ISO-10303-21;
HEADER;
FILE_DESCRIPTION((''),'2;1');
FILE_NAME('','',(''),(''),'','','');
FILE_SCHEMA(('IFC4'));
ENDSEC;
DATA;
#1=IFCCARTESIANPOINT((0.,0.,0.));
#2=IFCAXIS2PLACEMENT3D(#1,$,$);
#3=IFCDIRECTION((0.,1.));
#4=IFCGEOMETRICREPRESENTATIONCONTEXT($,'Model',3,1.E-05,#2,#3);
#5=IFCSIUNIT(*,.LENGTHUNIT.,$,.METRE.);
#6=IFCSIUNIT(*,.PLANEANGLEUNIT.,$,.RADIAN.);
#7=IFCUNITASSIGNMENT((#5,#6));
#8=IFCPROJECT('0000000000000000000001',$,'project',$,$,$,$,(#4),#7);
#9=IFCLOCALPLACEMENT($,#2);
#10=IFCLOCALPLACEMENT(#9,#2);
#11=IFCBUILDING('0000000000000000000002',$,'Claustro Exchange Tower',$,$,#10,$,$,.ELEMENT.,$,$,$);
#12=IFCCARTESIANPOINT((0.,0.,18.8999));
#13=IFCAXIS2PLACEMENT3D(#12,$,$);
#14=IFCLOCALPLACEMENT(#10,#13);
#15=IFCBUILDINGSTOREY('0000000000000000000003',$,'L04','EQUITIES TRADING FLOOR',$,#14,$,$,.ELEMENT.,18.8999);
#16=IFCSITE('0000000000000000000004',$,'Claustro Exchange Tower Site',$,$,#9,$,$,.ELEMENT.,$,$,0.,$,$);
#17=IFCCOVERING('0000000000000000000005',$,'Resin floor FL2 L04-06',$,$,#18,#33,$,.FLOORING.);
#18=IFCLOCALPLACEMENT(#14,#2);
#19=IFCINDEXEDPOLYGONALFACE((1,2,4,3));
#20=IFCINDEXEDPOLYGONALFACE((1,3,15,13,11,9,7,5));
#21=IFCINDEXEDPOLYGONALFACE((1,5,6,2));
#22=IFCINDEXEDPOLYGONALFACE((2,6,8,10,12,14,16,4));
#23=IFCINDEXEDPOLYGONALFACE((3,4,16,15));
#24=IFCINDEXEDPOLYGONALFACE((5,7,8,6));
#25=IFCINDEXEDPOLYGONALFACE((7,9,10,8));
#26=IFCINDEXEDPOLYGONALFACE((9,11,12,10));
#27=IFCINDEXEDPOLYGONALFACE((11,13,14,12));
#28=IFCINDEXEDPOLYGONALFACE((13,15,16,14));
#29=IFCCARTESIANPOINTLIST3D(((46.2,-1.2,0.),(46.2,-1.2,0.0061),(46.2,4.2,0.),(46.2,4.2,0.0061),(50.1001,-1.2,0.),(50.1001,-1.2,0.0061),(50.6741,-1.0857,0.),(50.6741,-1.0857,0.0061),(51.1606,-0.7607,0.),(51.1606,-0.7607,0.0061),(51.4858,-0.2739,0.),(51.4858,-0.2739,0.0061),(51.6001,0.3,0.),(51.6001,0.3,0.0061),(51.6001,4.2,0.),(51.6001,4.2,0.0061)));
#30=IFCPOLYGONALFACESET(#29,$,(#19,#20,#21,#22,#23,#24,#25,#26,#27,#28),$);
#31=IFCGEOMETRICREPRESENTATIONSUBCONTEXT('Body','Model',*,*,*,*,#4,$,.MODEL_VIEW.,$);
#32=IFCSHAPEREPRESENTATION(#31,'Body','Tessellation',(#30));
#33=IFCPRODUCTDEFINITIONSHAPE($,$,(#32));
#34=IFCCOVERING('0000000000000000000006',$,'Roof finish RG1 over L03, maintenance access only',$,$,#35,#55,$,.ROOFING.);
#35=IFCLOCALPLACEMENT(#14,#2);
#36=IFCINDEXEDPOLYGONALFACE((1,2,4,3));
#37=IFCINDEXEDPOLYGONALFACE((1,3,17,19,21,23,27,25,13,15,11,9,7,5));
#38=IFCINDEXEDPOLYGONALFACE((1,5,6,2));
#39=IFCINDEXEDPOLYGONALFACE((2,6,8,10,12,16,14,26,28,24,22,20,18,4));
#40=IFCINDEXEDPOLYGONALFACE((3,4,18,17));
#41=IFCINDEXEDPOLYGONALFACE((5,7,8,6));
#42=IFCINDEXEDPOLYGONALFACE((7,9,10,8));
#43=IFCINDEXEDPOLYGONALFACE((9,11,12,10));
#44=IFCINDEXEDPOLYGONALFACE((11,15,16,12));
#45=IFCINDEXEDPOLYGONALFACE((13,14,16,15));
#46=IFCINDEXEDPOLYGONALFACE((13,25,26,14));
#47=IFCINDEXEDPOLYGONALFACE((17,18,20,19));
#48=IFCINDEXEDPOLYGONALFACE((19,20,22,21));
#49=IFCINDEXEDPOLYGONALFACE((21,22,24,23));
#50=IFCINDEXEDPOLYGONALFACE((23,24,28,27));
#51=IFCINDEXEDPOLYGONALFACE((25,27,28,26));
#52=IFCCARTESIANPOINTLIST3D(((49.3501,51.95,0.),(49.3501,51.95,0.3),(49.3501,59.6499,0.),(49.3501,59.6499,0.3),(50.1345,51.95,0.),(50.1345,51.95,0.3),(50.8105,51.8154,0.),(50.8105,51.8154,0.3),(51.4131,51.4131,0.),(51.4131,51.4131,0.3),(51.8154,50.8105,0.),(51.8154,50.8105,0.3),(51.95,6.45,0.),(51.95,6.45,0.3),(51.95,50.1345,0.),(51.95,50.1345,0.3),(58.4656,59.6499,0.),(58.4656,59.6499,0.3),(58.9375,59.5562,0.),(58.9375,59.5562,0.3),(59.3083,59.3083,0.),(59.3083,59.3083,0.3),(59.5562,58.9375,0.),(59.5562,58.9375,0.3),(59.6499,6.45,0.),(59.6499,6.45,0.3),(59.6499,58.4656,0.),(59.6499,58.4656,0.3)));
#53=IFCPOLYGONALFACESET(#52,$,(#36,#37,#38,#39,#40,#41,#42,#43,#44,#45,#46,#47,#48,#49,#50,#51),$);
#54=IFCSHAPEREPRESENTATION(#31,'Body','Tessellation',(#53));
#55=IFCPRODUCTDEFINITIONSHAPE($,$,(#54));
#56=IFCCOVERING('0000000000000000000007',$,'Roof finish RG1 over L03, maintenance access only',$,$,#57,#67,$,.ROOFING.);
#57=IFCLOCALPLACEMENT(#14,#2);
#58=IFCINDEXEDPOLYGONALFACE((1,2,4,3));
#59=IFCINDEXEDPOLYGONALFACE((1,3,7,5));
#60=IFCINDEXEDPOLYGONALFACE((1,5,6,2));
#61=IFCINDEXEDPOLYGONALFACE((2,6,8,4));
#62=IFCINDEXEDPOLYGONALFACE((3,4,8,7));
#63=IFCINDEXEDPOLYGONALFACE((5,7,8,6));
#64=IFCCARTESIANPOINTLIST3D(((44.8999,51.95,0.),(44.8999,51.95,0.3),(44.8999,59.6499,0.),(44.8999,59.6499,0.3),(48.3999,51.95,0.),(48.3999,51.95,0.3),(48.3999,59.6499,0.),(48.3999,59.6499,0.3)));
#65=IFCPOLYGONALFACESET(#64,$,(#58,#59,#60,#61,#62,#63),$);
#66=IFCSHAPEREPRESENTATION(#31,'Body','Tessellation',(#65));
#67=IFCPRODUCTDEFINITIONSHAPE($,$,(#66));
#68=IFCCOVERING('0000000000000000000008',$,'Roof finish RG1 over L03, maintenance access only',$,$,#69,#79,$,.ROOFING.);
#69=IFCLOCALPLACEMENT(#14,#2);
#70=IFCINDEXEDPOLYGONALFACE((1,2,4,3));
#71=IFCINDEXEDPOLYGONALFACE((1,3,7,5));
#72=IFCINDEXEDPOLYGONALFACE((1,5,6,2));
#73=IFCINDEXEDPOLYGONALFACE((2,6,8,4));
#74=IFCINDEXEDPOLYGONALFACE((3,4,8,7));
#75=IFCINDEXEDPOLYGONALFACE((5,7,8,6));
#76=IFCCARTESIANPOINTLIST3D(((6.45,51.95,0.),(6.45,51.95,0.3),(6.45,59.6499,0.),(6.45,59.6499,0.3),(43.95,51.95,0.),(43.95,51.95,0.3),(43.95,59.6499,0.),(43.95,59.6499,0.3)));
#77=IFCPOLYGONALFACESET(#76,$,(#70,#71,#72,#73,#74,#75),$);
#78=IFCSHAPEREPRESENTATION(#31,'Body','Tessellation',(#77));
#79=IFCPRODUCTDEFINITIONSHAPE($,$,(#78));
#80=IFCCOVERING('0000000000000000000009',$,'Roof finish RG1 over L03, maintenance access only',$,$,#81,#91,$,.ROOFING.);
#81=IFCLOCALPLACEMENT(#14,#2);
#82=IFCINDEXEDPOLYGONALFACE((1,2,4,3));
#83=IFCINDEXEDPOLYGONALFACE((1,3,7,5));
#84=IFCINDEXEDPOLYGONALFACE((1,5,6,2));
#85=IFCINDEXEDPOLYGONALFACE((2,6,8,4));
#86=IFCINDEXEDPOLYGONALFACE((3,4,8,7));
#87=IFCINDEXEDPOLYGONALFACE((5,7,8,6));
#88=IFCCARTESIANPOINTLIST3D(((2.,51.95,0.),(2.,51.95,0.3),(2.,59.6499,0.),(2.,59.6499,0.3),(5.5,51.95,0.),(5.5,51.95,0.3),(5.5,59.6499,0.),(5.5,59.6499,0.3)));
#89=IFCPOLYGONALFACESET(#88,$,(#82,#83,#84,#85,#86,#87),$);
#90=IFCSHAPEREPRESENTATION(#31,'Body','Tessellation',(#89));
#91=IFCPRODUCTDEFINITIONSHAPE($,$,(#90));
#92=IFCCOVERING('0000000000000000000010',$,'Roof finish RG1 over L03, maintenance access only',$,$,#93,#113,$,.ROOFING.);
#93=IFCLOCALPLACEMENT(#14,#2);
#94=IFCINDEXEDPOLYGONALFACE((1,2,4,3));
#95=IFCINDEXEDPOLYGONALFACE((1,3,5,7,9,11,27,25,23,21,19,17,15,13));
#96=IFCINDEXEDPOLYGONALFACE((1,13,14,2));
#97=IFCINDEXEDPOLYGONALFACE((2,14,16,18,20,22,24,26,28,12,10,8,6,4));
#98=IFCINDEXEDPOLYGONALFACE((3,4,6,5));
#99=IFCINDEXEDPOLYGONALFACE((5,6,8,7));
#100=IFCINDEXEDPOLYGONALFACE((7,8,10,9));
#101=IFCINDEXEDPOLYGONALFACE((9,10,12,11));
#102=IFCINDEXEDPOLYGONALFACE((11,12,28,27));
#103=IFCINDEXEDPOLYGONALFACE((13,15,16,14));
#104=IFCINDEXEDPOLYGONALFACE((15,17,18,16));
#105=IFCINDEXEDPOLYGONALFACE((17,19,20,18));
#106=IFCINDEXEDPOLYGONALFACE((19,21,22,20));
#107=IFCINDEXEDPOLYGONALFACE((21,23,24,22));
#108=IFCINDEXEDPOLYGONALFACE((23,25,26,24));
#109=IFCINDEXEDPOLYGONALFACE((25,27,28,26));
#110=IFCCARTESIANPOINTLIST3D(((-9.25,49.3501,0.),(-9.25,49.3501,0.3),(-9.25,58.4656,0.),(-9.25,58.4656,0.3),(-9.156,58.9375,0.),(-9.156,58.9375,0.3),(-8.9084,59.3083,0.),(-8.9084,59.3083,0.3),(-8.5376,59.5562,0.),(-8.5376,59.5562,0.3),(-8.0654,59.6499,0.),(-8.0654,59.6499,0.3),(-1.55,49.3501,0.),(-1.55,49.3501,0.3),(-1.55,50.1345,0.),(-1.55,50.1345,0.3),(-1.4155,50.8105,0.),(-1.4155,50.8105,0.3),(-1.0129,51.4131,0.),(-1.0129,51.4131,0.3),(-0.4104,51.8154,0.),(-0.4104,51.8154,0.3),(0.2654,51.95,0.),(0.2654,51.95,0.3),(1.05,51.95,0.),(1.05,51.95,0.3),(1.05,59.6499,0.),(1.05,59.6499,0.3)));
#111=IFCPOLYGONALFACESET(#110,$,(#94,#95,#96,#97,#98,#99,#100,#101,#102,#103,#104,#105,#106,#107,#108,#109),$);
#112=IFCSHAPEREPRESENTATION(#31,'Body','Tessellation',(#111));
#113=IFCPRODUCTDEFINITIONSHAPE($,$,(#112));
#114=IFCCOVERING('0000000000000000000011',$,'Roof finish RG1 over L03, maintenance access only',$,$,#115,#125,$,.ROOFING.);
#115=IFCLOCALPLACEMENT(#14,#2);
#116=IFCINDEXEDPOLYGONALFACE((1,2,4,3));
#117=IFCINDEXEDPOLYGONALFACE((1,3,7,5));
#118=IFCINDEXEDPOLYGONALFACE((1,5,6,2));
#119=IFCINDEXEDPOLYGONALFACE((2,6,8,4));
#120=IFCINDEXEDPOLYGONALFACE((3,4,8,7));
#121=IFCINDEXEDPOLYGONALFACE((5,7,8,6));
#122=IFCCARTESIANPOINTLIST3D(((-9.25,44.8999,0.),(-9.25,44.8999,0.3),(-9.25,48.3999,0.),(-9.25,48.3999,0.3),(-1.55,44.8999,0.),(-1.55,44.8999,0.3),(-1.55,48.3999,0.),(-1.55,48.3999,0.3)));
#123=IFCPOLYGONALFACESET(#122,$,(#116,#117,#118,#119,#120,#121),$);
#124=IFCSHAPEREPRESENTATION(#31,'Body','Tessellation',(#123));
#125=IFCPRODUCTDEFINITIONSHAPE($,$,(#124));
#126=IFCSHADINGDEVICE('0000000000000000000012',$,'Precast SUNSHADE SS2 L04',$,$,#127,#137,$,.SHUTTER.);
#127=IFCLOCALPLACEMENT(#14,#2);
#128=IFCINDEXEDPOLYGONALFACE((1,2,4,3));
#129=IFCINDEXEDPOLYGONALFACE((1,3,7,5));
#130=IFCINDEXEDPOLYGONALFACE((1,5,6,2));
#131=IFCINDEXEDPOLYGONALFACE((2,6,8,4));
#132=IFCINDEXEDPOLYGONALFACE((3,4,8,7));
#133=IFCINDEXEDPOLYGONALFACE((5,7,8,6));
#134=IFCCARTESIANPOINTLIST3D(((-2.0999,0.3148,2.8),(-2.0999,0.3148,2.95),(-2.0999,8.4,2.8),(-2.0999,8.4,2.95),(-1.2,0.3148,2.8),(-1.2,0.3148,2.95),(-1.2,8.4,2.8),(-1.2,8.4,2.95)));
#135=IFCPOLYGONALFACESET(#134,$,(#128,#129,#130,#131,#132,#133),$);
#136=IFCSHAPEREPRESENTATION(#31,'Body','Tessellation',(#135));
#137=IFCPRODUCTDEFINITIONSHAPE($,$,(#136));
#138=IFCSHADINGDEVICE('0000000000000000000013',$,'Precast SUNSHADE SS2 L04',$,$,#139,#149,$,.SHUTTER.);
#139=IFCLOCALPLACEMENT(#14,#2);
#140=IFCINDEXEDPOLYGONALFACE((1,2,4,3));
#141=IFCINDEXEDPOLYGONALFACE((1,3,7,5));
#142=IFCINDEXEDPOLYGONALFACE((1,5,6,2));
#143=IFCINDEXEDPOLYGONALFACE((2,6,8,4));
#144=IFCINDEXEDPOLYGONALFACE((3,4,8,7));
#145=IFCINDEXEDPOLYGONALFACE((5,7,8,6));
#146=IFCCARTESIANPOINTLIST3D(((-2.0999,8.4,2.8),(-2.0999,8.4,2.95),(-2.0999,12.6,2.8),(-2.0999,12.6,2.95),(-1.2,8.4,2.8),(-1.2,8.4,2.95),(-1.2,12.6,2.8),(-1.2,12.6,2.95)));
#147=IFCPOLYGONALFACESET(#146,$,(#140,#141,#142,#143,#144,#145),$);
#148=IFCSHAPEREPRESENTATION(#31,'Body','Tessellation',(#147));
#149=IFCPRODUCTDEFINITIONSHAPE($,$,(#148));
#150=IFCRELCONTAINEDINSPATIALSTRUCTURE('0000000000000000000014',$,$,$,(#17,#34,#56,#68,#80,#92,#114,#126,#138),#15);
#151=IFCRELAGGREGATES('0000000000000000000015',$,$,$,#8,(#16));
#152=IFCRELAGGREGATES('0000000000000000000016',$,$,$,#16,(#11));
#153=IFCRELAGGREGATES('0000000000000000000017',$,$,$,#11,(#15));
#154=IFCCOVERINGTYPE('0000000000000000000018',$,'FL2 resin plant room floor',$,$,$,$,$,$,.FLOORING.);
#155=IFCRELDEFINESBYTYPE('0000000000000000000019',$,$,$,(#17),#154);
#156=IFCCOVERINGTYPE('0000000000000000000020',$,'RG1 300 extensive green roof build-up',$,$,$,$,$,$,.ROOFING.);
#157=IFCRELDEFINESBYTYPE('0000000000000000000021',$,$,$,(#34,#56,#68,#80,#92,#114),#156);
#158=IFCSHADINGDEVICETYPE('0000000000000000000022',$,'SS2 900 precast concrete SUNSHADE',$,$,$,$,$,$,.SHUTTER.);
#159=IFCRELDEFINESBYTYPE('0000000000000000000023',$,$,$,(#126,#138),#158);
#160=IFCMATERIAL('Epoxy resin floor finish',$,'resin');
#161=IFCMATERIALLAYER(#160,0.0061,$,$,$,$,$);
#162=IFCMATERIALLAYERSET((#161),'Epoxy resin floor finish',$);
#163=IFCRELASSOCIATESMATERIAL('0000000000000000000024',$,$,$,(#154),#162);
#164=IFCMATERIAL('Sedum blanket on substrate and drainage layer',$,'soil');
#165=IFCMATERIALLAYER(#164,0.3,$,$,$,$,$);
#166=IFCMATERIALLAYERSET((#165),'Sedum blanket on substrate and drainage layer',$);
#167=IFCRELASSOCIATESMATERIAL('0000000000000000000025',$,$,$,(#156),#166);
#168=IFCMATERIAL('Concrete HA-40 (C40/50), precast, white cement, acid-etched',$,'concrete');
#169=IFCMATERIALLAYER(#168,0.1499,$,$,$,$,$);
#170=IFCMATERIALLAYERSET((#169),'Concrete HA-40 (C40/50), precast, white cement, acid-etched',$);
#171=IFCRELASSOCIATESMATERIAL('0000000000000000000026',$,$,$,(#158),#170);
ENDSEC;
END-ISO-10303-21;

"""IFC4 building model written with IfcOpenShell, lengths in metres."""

from ifc_helpers import new_model, si_unit, direction, frame, origin, origin_2d, place, context, subcontext, project, spatial, polyline, rectangle, outline, extrude, material, layer, layer_set, type_object, element, save


model = new_model("IFC4")

# Units and contexts
model_context = context("Model", 3, precision=1e-05, world=origin(), true_north=direction((0.0, 1.0)))
body_context = subcontext(model_context, "Body", "Model", "MODEL_VIEW")
ifc_project = project(units=[si_unit("LENGTHUNIT", "METRE"), si_unit("PLANEANGLEUNIT", "RADIAN")], contexts=[model_context])

# Site, building, storey
site_placement = place(None, origin())
site = spatial("IfcSite", under=ifc_project, at=site_placement, Name="Claustro Exchange Tower Site", CompositionType="ELEMENT", RefElevation=0.0)
building_placement = place(site_placement, origin())
building = spatial("IfcBuilding", under=site, at=building_placement, Name="Claustro Exchange Tower", CompositionType="ELEMENT")
storey_placement = place(building_placement, frame((0.0, 0.0, 18.8999)))
storey = spatial("IfcBuildingStorey", under=building, at=storey_placement, Name="L04", Description="EQUITIES TRADING FLOOR", CompositionType="ELEMENT", Elevation=18.8999)

# Coverings
ifc_material_1 = material(Name="Epoxy resin floor finish", Category="resin")
ifc_layer_1 = layer(ifc_material_1, 0.0061)
ifc_layer_set_1 = layer_set([ifc_layer_1], Name="Epoxy resin floor finish")
covering_type_1 = type_object("IfcCoveringType", Name="FL2 resin plant room floor", PredefinedType="FLOORING", material=ifc_layer_set_1)
covering_1_placement = place(storey_placement, origin())
element("IfcCovering", 1, at=covering_1_placement, inside=storey, type_object=covering_type_1, Name="Resin floor FL2 L04-06", PredefinedType="FLOORING", context=body_context, shape_type="SweptSolid", body=[
    extrude(outline(polyline([(51.6001, 0.3), (51.6001, 4.2), (46.2, 4.2), (46.2, -1.2), (50.1001, -1.2), (50.6741, -1.0857), (51.1606, -0.7607), (51.4858, -0.2739), (51.6001, 0.3)])), origin(), (0.0, 0.0, 1.0), 0.0061),
])
ifc_material_2 = material(Name="Sedum blanket on substrate and drainage layer", Category="soil")
ifc_layer_2 = layer(ifc_material_2, 0.3)
ifc_layer_set_2 = layer_set([ifc_layer_2], Name="Sedum blanket on substrate and drainage layer")
covering_type_2 = type_object("IfcCoveringType", Name="RG1 300 extensive green roof build-up", PredefinedType="ROOFING", material=ifc_layer_set_2)
covering_2_placement = place(storey_placement, origin())
element("IfcCovering", 2, at=covering_2_placement, inside=storey, type_object=covering_type_2, Name="Roof finish RG1 over L03, maintenance access only", PredefinedType="ROOFING", context=body_context, shape_type="SweptSolid", body=[
    extrude(outline(polyline([(59.6499, 6.45), (59.6499, 58.4656), (59.5562, 58.9375), (59.3083, 59.3083), (58.9375, 59.5562), (58.4656, 59.6499), (49.3501, 59.6499), (49.3501, 51.95), (50.1345, 51.95), (50.8105, 51.8154), (51.4131, 51.4131), (51.8154, 50.8105), (51.95, 50.1345), (51.95, 6.45), (59.6499, 6.45)])), origin(), (0.0, 0.0, 1.0), 0.3),
])
covering_3_placement = place(storey_placement, origin())
element("IfcCovering", 3, at=covering_3_placement, inside=storey, type_object=covering_type_2, Name="Roof finish RG1 over L03, maintenance access only", PredefinedType="ROOFING", context=body_context, shape_type="SweptSolid", body=[
    extrude(outline(polyline([(48.3999, 59.6499), (44.8999, 59.6499), (44.8999, 51.95), (48.3999, 51.95), (48.3999, 59.6499)])), origin(), (0.0, 0.0, 1.0), 0.3),
])
covering_4_placement = place(storey_placement, origin())
element("IfcCovering", 4, at=covering_4_placement, inside=storey, type_object=covering_type_2, Name="Roof finish RG1 over L03, maintenance access only", PredefinedType="ROOFING", context=body_context, shape_type="SweptSolid", body=[
    extrude(outline(polyline([(43.95, 59.6499), (6.45, 59.6499), (6.45, 51.95), (43.95, 51.95), (43.95, 59.6499)])), origin(), (0.0, 0.0, 1.0), 0.3),
])
covering_5_placement = place(storey_placement, origin())
element("IfcCovering", 5, at=covering_5_placement, inside=storey, type_object=covering_type_2, Name="Roof finish RG1 over L03, maintenance access only", PredefinedType="ROOFING", context=body_context, shape_type="SweptSolid", body=[
    extrude(outline(polyline([(5.5, 59.6499), (2.0, 59.6499), (2.0, 51.95), (5.5, 51.95), (5.5, 59.6499)])), origin(), (0.0, 0.0, 1.0), 0.3),
])
covering_6_placement = place(storey_placement, origin())
element("IfcCovering", 6, at=covering_6_placement, inside=storey, type_object=covering_type_2, Name="Roof finish RG1 over L03, maintenance access only", PredefinedType="ROOFING", context=body_context, shape_type="SweptSolid", body=[
    extrude(outline(polyline([(1.05, 59.6499), (-8.0654, 59.6499), (-8.5376, 59.5562), (-8.9084, 59.3083), (-9.156, 58.9375), (-9.25, 58.4656), (-9.25, 49.3501), (-1.55, 49.3501), (-1.55, 50.1345), (-1.4155, 50.8105), (-1.0129, 51.4131), (-0.4104, 51.8154), (0.2654, 51.95), (1.05, 51.95), (1.05, 59.6499)])), origin(), (0.0, 0.0, 1.0), 0.3),
])
covering_7_placement = place(storey_placement, origin())
element("IfcCovering", 7, at=covering_7_placement, inside=storey, type_object=covering_type_2, Name="Roof finish RG1 over L03, maintenance access only", PredefinedType="ROOFING", context=body_context, shape_type="SweptSolid", body=[
    extrude(outline(polyline([(-9.25, 48.3999), (-9.25, 44.8999), (-1.55, 44.8999), (-1.55, 48.3999), (-9.25, 48.3999)])), origin(), (0.0, 0.0, 1.0), 0.3),
])

# Shading devices
ifc_material_3 = material(Name="Concrete HA-40 (C40/50), precast, white cement, acid-etched", Category="concrete")
ifc_layer_3 = layer(ifc_material_3, 0.1499)
ifc_layer_set_3 = layer_set([ifc_layer_3], Name="Concrete HA-40 (C40/50), precast, white cement, acid-etched")
shading_device_type = type_object("IfcShadingDeviceType", Name="SS2 900 precast concrete SUNSHADE", PredefinedType="SHUTTER", material=ifc_layer_set_3)
shading_device_1_placement = place(storey_placement, frame((-1.6499, 4.3574, 2.8), z_axis=(0.0, 0.0, 1.0), x_axis=(0.0, 1.0, 0.0)))
element("IfcShadingDevice", 8, at=shading_device_1_placement, inside=storey, type_object=shading_device_type, Name="Precast SUNSHADE SS2 L04", PredefinedType="SHUTTER", context=body_context, shape_type="SweptSolid", body=[
    extrude(rectangle(XDim=8.0852, YDim=0.8999, at=origin_2d()), origin(), (0.0, 0.0, 1.0), 0.1499),
])
shading_device_2_placement = place(storey_placement, frame((-1.6499, 10.5, 2.8), z_axis=(0.0, 0.0, 1.0), x_axis=(0.0, 1.0, 0.0)))
element("IfcShadingDevice", 9, at=shading_device_2_placement, inside=storey, type_object=shading_device_type, Name="Precast SUNSHADE SS2 L04", PredefinedType="SHUTTER", context=body_context, shape_type="SweptSolid", body=[
    extrude(rectangle(XDim=4.2, YDim=0.8999, at=origin_2d()), origin(), (0.0, 0.0, 1.0), 0.1499),
])

save(model, "model.ifc")
